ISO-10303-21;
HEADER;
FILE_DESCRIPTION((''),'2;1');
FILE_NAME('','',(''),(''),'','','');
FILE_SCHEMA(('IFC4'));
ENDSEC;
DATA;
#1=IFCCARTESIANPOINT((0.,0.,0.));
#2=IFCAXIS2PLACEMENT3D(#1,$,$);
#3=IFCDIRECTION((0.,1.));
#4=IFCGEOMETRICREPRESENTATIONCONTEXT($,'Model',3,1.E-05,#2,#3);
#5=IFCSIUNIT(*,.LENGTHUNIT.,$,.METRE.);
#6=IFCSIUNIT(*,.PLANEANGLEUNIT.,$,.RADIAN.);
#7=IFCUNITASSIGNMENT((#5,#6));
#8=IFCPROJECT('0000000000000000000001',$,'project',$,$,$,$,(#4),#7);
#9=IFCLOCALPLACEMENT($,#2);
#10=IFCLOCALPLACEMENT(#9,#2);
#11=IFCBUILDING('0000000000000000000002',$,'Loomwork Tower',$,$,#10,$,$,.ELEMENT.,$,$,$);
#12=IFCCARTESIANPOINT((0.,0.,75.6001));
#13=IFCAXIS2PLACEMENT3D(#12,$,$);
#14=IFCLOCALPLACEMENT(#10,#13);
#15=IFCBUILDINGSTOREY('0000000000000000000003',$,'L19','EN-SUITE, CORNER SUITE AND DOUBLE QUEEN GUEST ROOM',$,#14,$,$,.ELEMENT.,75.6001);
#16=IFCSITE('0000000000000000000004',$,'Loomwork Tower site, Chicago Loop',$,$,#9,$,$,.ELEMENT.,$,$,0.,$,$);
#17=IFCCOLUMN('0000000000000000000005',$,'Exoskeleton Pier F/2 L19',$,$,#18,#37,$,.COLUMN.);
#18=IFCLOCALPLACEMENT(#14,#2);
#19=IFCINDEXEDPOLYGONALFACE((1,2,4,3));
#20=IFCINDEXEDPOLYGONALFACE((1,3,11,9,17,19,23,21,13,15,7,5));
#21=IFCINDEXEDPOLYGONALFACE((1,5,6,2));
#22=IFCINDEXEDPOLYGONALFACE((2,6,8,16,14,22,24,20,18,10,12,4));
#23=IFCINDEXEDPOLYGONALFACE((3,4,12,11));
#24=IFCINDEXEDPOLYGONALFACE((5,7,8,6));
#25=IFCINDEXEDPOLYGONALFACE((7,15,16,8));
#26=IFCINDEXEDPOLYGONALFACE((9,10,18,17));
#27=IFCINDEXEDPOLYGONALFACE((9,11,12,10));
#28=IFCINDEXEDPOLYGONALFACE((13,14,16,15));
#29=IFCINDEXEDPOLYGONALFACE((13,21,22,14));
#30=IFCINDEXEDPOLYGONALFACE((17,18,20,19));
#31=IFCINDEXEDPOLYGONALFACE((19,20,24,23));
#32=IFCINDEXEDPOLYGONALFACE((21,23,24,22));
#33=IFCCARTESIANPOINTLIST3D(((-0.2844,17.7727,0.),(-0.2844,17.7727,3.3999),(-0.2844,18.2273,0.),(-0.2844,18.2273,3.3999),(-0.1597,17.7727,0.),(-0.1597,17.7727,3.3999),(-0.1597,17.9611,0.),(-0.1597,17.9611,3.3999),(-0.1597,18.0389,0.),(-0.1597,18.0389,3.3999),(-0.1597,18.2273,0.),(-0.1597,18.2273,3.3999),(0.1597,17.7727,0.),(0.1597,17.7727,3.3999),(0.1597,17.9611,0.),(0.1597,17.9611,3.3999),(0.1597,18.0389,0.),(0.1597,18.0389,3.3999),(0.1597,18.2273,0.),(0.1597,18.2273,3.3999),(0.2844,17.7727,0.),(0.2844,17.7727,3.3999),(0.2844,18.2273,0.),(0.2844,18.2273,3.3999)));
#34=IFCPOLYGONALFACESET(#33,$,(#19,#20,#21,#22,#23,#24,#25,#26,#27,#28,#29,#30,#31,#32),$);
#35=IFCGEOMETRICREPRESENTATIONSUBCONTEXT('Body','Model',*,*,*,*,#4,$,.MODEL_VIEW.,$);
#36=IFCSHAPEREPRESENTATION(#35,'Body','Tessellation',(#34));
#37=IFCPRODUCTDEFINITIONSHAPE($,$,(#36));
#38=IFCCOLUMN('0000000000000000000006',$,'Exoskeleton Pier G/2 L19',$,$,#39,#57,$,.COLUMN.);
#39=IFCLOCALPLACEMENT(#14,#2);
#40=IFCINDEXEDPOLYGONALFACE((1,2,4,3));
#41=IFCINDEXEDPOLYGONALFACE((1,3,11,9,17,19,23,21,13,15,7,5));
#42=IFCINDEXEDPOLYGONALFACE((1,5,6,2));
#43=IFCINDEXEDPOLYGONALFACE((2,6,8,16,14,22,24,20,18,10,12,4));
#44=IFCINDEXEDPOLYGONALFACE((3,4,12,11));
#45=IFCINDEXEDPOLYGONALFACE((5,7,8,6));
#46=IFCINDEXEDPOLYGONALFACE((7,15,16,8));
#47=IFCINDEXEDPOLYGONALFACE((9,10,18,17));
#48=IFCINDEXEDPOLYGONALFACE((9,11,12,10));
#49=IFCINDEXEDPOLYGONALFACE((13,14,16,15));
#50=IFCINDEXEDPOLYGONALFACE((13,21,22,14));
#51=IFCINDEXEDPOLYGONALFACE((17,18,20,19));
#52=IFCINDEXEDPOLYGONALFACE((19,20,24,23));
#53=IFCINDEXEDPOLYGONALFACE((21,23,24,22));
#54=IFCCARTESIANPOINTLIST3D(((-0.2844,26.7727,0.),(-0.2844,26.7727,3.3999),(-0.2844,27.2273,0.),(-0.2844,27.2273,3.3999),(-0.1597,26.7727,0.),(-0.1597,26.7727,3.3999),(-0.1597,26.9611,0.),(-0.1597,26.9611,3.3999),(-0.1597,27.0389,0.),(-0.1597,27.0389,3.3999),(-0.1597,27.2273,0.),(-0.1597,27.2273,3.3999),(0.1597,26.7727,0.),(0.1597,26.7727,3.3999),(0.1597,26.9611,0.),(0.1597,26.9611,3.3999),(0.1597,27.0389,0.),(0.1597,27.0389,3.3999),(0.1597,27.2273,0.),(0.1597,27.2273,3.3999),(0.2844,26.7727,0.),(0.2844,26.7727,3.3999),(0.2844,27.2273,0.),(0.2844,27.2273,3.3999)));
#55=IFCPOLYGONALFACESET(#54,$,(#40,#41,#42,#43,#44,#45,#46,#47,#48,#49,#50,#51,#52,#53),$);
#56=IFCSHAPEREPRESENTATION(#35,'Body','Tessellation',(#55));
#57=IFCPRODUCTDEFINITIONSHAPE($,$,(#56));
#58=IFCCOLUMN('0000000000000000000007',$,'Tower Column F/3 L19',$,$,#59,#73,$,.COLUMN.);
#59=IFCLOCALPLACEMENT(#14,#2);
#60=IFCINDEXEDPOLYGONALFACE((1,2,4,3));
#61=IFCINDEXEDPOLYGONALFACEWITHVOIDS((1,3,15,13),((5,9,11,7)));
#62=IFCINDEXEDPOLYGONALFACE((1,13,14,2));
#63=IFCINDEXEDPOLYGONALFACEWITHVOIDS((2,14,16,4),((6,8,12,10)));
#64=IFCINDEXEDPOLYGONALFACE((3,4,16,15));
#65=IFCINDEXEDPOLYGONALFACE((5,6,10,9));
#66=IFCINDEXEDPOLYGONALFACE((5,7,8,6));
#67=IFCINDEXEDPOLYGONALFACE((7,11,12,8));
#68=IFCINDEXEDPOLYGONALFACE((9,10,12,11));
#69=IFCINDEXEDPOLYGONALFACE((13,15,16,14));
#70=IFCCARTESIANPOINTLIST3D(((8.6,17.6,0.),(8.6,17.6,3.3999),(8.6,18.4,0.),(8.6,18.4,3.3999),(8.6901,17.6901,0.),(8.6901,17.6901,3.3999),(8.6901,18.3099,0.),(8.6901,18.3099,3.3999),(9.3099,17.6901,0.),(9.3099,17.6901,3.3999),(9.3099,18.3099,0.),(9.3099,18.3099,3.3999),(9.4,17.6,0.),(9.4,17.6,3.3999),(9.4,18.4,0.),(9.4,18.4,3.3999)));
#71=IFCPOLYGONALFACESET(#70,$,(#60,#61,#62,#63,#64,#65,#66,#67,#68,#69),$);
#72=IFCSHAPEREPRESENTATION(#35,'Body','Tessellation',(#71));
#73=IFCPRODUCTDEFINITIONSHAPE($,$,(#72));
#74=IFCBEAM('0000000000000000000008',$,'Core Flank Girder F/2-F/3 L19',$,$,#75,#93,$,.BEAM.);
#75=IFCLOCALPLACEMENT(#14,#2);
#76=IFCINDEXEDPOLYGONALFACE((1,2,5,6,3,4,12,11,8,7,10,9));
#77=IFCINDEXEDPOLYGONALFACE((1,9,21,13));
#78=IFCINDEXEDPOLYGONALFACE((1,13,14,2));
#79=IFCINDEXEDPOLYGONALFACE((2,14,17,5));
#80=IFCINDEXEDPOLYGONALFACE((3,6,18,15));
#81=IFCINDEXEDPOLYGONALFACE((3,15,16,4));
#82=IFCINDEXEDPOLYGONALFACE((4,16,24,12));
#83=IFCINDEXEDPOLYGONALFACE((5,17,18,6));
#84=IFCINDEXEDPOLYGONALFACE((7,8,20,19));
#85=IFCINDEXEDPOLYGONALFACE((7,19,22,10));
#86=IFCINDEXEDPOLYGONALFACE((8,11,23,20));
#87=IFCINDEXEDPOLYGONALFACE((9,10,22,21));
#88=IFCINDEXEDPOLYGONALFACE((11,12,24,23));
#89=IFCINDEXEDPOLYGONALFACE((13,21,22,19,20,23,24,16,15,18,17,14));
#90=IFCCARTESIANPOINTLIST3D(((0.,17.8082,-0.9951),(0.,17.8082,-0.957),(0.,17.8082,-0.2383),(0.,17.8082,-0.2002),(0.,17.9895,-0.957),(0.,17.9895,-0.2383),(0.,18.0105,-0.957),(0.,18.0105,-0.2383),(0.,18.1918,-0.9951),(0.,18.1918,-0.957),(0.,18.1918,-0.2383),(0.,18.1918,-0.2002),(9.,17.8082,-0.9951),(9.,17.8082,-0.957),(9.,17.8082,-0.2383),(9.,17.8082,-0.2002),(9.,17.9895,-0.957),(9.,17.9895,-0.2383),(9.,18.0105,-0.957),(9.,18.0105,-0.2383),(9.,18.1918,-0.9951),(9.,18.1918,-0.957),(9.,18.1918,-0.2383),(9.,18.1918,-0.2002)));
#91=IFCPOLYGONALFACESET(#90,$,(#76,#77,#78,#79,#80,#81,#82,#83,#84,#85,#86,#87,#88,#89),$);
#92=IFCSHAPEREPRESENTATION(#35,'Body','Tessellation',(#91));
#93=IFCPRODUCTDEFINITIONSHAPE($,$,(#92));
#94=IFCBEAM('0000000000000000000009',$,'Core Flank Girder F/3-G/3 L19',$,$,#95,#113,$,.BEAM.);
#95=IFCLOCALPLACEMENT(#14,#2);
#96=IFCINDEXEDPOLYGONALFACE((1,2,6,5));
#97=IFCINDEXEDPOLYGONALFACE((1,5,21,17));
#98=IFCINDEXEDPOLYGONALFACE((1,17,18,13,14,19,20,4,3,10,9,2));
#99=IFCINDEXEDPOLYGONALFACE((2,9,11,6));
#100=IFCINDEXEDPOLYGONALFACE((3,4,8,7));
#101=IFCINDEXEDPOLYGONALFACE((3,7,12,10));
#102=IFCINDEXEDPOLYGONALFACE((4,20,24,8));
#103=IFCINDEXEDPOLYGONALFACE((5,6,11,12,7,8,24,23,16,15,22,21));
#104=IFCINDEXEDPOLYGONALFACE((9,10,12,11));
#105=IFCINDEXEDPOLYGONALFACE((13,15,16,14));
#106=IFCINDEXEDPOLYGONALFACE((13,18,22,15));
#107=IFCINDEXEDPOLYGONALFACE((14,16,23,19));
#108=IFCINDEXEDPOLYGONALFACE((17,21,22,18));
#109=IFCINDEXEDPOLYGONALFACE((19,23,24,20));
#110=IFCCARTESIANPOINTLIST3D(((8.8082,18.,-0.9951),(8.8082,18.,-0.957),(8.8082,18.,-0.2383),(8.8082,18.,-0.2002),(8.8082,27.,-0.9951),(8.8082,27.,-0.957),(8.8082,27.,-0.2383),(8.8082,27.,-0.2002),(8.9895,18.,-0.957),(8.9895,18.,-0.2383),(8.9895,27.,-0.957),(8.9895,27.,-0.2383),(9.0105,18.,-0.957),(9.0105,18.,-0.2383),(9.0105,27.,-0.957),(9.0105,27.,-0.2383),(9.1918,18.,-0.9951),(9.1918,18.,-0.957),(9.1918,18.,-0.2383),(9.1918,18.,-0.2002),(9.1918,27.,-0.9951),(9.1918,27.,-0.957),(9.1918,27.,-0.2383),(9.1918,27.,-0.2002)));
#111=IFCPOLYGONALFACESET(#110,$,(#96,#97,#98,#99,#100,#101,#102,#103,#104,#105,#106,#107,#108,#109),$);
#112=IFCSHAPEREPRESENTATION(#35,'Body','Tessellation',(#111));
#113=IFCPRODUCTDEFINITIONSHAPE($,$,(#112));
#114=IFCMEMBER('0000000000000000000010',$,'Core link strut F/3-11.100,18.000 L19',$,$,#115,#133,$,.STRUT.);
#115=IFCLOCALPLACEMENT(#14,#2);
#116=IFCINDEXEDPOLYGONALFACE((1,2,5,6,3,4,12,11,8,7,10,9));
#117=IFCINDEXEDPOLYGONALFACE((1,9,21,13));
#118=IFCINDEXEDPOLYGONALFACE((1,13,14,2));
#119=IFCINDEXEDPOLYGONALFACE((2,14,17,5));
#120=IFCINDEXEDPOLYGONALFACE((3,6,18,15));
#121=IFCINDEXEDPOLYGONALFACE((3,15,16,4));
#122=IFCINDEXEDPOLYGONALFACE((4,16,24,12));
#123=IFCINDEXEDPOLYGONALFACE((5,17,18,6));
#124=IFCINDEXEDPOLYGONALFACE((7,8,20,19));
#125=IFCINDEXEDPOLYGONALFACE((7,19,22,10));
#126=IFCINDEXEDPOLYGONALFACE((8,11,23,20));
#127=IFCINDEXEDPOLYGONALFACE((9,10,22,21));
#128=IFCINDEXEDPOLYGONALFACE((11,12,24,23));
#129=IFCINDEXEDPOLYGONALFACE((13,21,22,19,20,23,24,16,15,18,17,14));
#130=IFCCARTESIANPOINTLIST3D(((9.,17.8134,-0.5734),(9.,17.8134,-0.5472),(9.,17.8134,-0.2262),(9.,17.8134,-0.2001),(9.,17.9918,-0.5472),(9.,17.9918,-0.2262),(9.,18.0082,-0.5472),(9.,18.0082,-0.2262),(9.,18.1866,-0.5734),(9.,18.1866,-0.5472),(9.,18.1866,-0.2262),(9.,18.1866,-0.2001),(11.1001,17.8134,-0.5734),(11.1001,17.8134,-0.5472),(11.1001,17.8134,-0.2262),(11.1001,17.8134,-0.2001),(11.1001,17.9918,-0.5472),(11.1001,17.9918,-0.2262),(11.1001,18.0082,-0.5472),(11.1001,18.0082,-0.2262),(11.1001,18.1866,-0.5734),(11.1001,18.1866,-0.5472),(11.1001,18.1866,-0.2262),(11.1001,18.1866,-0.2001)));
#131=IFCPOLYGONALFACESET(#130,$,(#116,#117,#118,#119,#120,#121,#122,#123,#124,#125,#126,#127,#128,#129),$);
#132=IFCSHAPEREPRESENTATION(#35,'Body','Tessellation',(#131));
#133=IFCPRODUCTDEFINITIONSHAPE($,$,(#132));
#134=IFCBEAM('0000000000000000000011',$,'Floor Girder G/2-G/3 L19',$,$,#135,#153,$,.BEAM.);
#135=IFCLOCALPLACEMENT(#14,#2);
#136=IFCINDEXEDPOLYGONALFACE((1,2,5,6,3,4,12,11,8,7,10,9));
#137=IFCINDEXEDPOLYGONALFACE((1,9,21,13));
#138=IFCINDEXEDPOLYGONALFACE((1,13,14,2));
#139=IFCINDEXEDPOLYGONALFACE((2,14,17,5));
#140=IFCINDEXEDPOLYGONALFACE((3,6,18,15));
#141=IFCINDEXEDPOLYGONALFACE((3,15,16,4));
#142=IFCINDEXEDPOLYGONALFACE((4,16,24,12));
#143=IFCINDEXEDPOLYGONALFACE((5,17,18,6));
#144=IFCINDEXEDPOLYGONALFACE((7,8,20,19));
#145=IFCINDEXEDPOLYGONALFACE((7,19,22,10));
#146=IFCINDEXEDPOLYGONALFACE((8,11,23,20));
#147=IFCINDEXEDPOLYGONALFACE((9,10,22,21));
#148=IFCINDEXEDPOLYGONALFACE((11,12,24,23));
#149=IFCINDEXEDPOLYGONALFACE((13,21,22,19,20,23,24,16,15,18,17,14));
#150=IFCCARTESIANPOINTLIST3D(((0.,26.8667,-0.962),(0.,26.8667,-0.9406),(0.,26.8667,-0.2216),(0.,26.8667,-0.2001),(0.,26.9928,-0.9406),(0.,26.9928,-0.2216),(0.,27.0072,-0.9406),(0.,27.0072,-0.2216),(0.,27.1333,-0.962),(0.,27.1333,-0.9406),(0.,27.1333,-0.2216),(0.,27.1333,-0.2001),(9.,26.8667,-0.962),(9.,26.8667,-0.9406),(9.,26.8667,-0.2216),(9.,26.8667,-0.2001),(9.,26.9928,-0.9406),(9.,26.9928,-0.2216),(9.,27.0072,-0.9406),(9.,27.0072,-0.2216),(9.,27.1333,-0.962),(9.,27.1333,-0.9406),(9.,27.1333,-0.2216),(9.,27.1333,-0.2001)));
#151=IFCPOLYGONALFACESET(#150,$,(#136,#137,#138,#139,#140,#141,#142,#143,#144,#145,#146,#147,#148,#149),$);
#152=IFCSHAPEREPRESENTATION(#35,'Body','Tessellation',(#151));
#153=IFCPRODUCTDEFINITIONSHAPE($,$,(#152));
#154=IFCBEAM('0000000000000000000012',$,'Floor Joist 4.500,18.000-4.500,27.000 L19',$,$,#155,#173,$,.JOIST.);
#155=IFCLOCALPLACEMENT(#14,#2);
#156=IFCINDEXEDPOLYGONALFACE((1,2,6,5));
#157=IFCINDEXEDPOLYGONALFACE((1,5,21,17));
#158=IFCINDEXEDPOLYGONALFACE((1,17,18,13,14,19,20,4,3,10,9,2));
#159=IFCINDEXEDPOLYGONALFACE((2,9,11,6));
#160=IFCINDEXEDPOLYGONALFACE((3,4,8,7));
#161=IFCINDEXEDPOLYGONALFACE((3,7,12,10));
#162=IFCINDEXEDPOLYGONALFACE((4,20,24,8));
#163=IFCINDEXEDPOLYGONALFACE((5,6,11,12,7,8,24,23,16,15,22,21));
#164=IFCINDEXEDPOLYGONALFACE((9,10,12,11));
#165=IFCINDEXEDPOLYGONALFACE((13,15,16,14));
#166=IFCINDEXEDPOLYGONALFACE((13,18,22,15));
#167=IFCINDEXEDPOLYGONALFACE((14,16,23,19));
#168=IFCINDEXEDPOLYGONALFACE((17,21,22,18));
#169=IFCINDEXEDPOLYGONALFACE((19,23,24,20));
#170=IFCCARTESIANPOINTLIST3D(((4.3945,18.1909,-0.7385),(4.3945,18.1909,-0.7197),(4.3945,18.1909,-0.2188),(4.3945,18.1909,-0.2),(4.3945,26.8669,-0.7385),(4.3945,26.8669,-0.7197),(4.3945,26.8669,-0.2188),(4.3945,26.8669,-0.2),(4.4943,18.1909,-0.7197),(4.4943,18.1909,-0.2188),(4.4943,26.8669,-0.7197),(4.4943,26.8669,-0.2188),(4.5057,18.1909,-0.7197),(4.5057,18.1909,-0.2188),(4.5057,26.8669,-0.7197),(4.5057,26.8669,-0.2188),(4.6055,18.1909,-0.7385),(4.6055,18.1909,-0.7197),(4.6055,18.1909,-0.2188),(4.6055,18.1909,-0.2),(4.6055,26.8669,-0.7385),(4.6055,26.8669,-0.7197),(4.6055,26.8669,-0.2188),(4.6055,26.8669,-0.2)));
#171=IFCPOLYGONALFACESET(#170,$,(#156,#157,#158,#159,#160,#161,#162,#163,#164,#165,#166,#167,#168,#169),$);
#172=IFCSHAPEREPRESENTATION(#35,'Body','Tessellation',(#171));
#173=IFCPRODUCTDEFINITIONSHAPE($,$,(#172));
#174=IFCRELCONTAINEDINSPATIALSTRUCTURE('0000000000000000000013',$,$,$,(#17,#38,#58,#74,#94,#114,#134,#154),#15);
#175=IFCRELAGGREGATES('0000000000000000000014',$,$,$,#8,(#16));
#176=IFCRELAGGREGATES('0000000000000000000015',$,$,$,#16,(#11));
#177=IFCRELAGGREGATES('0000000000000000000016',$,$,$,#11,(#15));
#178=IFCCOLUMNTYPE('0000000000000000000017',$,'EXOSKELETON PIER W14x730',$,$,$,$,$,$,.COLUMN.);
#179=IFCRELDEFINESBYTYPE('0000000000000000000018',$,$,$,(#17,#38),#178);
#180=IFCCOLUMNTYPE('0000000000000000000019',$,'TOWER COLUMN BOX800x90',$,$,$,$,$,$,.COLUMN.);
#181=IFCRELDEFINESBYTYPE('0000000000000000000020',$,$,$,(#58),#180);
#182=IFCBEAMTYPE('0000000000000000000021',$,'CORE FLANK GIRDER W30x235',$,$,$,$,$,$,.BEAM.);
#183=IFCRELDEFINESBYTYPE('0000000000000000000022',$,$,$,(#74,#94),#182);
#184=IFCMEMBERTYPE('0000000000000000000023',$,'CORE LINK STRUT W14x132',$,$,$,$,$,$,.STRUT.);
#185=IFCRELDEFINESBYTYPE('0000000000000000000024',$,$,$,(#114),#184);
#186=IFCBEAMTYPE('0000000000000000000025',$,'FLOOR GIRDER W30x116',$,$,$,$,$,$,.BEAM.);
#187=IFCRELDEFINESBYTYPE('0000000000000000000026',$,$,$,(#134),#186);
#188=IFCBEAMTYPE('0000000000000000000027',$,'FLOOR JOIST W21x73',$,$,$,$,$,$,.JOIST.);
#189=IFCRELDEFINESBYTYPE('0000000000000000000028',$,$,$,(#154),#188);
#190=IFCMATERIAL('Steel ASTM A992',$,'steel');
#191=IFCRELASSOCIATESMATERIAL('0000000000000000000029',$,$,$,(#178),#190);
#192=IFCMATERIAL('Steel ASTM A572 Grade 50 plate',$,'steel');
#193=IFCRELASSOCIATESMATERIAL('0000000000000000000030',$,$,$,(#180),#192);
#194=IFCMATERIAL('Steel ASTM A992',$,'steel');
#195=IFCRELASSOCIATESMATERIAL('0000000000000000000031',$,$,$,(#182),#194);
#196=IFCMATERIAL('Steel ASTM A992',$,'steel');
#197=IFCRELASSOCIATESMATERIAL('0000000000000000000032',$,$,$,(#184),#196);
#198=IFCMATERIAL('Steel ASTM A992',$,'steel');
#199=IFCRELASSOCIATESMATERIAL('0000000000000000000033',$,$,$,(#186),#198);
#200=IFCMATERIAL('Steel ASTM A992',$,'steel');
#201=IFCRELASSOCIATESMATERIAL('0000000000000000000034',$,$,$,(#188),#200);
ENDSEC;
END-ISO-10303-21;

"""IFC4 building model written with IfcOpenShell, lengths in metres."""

from ifc_helpers import new_model, si_unit, direction, frame, origin, origin_2d, place, context, subcontext, project, spatial, hollow_rectangle, i_section, extrude, material, material_profile, profile_set, type_object, element, save


model = new_model("IFC4")

# Units and contexts
model_context = context("Model", 3, precision=1e-05, world=origin(), true_north=direction((0.0, 1.0)))
body_context = subcontext(model_context, "Body", "Model", "MODEL_VIEW")
ifc_project = project(units=[si_unit("LENGTHUNIT", "METRE"), si_unit("PLANEANGLEUNIT", "RADIAN")], contexts=[model_context])

# Site, building, storey
site_placement = place(None, origin())
site = spatial("IfcSite", under=ifc_project, at=site_placement, Name="Loomwork Tower site, Chicago Loop", CompositionType="ELEMENT", RefElevation=0.0)
building_placement = place(site_placement, origin())
building = spatial("IfcBuilding", under=site, at=building_placement, Name="Loomwork Tower", CompositionType="ELEMENT")
storey_placement = place(building_placement, frame((0.0, 0.0, 75.6001)))
storey = spatial("IfcBuildingStorey", under=building, at=storey_placement, Name="L19", Description="EN-SUITE, CORNER SUITE AND DOUBLE QUEEN GUEST ROOM", CompositionType="ELEMENT", Elevation=75.6001)

# Columns
ifc_material_1 = material(Name="Steel ASTM A992", Category="steel")
ifc_material_profile_1 = material_profile(ifc_material_1, i_section(OverallWidth=0.4546, OverallDepth=0.5688, WebThickness=0.0779, FlangeThickness=0.1248, at=origin_2d()), Name="W14x730")
ifc_profile_set_1 = profile_set([ifc_material_profile_1], Name="Steel ASTM A992")
column_type_1 = type_object("IfcColumnType", Name="EXOSKELETON PIER W14x730", PredefinedType="COLUMN", material=ifc_profile_set_1)
for number, where, z_axis, x_axis, name in (
    (1, (0.0, 18.0, 0.0), (0.0, 0.0, 1.0), (0.0, 1.0, 0.0), "Exoskeleton Pier F/2 L19"),
    (2, (0.0, 27.0, 0.0), (0.0, 0.0, 1.0), (0.0, 1.0, 0.0), "Exoskeleton Pier G/2 L19"),
):
    element("IfcColumn", number, at=place(storey_placement, frame(where, z_axis=z_axis, x_axis=x_axis)), inside=storey, type_object=column_type_1, Name=name, PredefinedType="COLUMN", context=body_context, shape_type="SweptSolid", body=[
        extrude(i_section(OverallWidth=0.4546, OverallDepth=0.5688, WebThickness=0.0779, FlangeThickness=0.1248, at=origin_2d()), origin(), (0.0, 0.0, 1.0), 3.3999),
    ])
ifc_material_2 = material(Name="Steel ASTM A572 Grade 50 plate", Category="steel")
ifc_material_profile_2 = material_profile(ifc_material_2, hollow_rectangle(XDim=0.8, YDim=0.8, WallThickness=0.0901, at=origin_2d()), Name="BOX800x90")
ifc_profile_set_2 = profile_set([ifc_material_profile_2], Name="Steel ASTM A572 Grade 50 plate")
column_type_2 = type_object("IfcColumnType", Name="TOWER COLUMN BOX800x90", PredefinedType="COLUMN", material=ifc_profile_set_2)
column_placement = place(storey_placement, frame((9.0, 18.0, 0.0), z_axis=(0.0, 0.0, 1.0), x_axis=(1.0, 0.0, 0.0)))
element("IfcColumn", 3, at=column_placement, inside=storey, type_object=column_type_2, Name="Tower Column F/3 L19", PredefinedType="COLUMN", context=body_context, shape_type="SweptSolid", body=[
    extrude(hollow_rectangle(XDim=0.8, YDim=0.8, WallThickness=0.0901, at=origin_2d()), origin(), (0.0, 0.0, 1.0), 3.3999),
])

# Beams
ifc_material_3 = material(Name="Steel ASTM A992", Category="steel")
ifc_material_profile_3 = material_profile(ifc_material_3, i_section(OverallWidth=0.3835, OverallDepth=0.7949, WebThickness=0.021, FlangeThickness=0.0381, at=origin_2d()), Name="W30x235")
ifc_profile_set_3 = profile_set([ifc_material_profile_3], Name="Steel ASTM A992")
beam_type_1 = type_object("IfcBeamType", Name="CORE FLANK GIRDER W30x235", PredefinedType="BEAM", material=ifc_profile_set_3)
for number, where, z_axis, x_axis, name in (
    (4, (0.0, 18.0, -0.5977), (1.0, 0.0, 0.0), (0.0, 1.0, 0.0), "Core Flank Girder F/2-F/3 L19"),
    (5, (9.0, 18.0, -0.5977), (0.0, 1.0, 0.0), (-1.0, 0.0, 0.0), "Core Flank Girder F/3-G/3 L19"),
):
    element("IfcBeam", number, at=place(storey_placement, frame(where, z_axis=z_axis, x_axis=x_axis)), inside=storey, type_object=beam_type_1, Name=name, PredefinedType="BEAM", context=body_context, shape_type="SweptSolid", body=[
        extrude(i_section(OverallWidth=0.3835, OverallDepth=0.7949, WebThickness=0.021, FlangeThickness=0.0381, at=origin_2d()), origin(), (0.0, 0.0, 1.0), 9.0),
    ])

# Member
ifc_material_4 = material(Name="Steel ASTM A992", Category="steel")
ifc_material_profile_4 = material_profile(ifc_material_4, i_section(OverallWidth=0.3733, OverallDepth=0.3733, WebThickness=0.0164, FlangeThickness=0.0261, at=origin_2d()), Name="W14x132")
ifc_profile_set_4 = profile_set([ifc_material_profile_4], Name="Steel ASTM A992")
member_type_1 = type_object("IfcMemberType", Name="CORE LINK STRUT W14x132", PredefinedType="STRUT", material=ifc_profile_set_4)
member_1_placement = place(storey_placement, frame((9.0, 18.0, -0.3867), z_axis=(1.0, 0.0, 0.0), x_axis=(0.0, 1.0, 0.0)))
element("IfcMember", 6, at=member_1_placement, inside=storey, type_object=member_type_1, Name="Core link strut F/3-11.100,18.000 L19", PredefinedType="STRUT", context=body_context, shape_type="SweptSolid", body=[
    extrude(i_section(OverallWidth=0.3733, OverallDepth=0.3733, WebThickness=0.0164, FlangeThickness=0.0261, at=origin_2d()), origin(), (0.0, 0.0, 1.0), 2.1001),
])

# Beams
ifc_material_5 = material(Name="Steel ASTM A992", Category="steel")
ifc_material_profile_5 = material_profile(ifc_material_5, i_section(OverallWidth=0.2666, OverallDepth=0.762, WebThickness=0.0144, FlangeThickness=0.0215, at=origin_2d()), Name="W30x116")
ifc_profile_set_5 = profile_set([ifc_material_profile_5], Name="Steel ASTM A992")
beam_type_2 = type_object("IfcBeamType", Name="FLOOR GIRDER W30x116", PredefinedType="BEAM", material=ifc_profile_set_5)
beam_1_placement = place(storey_placement, frame((0.0, 27.0, -0.5811), z_axis=(1.0, 0.0, 0.0), x_axis=(0.0, 1.0, 0.0)))
element("IfcBeam", 7, at=beam_1_placement, inside=storey, type_object=beam_type_2, Name="Floor Girder G/2-G/3 L19", PredefinedType="BEAM", context=body_context, shape_type="SweptSolid", body=[
    extrude(i_section(OverallWidth=0.2666, OverallDepth=0.762, WebThickness=0.0144, FlangeThickness=0.0215, at=origin_2d()), origin(), (0.0, 0.0, 1.0), 9.0),
])
ifc_material_6 = material(Name="Steel ASTM A992", Category="steel")
ifc_material_profile_6 = material_profile(ifc_material_6, i_section(OverallWidth=0.2109, OverallDepth=0.5386, WebThickness=0.0115, FlangeThickness=0.0188, at=origin_2d()), Name="W21x73")
ifc_profile_set_6 = profile_set([ifc_material_profile_6], Name="Steel ASTM A992")
beam_type_3 = type_object("IfcBeamType", Name="FLOOR JOIST W21x73", PredefinedType="JOIST", material=ifc_profile_set_6)
beam_2_placement = place(storey_placement, frame((4.5, 18.1909, -0.4692), z_axis=(0.0, 1.0, 0.0), x_axis=(-1.0, 0.0, 0.0)))
element("IfcBeam", 8, at=beam_2_placement, inside=storey, type_object=beam_type_3, Name="Floor Joist 4.500,18.000-4.500,27.000 L19", PredefinedType="JOIST", context=body_context, shape_type="SweptSolid", body=[
    extrude(i_section(OverallWidth=0.2109, OverallDepth=0.5386, WebThickness=0.0115, FlangeThickness=0.0188, at=origin_2d()), origin(), (0.0, 0.0, 1.0), 8.676),
])

save(model, "model.ifc")
